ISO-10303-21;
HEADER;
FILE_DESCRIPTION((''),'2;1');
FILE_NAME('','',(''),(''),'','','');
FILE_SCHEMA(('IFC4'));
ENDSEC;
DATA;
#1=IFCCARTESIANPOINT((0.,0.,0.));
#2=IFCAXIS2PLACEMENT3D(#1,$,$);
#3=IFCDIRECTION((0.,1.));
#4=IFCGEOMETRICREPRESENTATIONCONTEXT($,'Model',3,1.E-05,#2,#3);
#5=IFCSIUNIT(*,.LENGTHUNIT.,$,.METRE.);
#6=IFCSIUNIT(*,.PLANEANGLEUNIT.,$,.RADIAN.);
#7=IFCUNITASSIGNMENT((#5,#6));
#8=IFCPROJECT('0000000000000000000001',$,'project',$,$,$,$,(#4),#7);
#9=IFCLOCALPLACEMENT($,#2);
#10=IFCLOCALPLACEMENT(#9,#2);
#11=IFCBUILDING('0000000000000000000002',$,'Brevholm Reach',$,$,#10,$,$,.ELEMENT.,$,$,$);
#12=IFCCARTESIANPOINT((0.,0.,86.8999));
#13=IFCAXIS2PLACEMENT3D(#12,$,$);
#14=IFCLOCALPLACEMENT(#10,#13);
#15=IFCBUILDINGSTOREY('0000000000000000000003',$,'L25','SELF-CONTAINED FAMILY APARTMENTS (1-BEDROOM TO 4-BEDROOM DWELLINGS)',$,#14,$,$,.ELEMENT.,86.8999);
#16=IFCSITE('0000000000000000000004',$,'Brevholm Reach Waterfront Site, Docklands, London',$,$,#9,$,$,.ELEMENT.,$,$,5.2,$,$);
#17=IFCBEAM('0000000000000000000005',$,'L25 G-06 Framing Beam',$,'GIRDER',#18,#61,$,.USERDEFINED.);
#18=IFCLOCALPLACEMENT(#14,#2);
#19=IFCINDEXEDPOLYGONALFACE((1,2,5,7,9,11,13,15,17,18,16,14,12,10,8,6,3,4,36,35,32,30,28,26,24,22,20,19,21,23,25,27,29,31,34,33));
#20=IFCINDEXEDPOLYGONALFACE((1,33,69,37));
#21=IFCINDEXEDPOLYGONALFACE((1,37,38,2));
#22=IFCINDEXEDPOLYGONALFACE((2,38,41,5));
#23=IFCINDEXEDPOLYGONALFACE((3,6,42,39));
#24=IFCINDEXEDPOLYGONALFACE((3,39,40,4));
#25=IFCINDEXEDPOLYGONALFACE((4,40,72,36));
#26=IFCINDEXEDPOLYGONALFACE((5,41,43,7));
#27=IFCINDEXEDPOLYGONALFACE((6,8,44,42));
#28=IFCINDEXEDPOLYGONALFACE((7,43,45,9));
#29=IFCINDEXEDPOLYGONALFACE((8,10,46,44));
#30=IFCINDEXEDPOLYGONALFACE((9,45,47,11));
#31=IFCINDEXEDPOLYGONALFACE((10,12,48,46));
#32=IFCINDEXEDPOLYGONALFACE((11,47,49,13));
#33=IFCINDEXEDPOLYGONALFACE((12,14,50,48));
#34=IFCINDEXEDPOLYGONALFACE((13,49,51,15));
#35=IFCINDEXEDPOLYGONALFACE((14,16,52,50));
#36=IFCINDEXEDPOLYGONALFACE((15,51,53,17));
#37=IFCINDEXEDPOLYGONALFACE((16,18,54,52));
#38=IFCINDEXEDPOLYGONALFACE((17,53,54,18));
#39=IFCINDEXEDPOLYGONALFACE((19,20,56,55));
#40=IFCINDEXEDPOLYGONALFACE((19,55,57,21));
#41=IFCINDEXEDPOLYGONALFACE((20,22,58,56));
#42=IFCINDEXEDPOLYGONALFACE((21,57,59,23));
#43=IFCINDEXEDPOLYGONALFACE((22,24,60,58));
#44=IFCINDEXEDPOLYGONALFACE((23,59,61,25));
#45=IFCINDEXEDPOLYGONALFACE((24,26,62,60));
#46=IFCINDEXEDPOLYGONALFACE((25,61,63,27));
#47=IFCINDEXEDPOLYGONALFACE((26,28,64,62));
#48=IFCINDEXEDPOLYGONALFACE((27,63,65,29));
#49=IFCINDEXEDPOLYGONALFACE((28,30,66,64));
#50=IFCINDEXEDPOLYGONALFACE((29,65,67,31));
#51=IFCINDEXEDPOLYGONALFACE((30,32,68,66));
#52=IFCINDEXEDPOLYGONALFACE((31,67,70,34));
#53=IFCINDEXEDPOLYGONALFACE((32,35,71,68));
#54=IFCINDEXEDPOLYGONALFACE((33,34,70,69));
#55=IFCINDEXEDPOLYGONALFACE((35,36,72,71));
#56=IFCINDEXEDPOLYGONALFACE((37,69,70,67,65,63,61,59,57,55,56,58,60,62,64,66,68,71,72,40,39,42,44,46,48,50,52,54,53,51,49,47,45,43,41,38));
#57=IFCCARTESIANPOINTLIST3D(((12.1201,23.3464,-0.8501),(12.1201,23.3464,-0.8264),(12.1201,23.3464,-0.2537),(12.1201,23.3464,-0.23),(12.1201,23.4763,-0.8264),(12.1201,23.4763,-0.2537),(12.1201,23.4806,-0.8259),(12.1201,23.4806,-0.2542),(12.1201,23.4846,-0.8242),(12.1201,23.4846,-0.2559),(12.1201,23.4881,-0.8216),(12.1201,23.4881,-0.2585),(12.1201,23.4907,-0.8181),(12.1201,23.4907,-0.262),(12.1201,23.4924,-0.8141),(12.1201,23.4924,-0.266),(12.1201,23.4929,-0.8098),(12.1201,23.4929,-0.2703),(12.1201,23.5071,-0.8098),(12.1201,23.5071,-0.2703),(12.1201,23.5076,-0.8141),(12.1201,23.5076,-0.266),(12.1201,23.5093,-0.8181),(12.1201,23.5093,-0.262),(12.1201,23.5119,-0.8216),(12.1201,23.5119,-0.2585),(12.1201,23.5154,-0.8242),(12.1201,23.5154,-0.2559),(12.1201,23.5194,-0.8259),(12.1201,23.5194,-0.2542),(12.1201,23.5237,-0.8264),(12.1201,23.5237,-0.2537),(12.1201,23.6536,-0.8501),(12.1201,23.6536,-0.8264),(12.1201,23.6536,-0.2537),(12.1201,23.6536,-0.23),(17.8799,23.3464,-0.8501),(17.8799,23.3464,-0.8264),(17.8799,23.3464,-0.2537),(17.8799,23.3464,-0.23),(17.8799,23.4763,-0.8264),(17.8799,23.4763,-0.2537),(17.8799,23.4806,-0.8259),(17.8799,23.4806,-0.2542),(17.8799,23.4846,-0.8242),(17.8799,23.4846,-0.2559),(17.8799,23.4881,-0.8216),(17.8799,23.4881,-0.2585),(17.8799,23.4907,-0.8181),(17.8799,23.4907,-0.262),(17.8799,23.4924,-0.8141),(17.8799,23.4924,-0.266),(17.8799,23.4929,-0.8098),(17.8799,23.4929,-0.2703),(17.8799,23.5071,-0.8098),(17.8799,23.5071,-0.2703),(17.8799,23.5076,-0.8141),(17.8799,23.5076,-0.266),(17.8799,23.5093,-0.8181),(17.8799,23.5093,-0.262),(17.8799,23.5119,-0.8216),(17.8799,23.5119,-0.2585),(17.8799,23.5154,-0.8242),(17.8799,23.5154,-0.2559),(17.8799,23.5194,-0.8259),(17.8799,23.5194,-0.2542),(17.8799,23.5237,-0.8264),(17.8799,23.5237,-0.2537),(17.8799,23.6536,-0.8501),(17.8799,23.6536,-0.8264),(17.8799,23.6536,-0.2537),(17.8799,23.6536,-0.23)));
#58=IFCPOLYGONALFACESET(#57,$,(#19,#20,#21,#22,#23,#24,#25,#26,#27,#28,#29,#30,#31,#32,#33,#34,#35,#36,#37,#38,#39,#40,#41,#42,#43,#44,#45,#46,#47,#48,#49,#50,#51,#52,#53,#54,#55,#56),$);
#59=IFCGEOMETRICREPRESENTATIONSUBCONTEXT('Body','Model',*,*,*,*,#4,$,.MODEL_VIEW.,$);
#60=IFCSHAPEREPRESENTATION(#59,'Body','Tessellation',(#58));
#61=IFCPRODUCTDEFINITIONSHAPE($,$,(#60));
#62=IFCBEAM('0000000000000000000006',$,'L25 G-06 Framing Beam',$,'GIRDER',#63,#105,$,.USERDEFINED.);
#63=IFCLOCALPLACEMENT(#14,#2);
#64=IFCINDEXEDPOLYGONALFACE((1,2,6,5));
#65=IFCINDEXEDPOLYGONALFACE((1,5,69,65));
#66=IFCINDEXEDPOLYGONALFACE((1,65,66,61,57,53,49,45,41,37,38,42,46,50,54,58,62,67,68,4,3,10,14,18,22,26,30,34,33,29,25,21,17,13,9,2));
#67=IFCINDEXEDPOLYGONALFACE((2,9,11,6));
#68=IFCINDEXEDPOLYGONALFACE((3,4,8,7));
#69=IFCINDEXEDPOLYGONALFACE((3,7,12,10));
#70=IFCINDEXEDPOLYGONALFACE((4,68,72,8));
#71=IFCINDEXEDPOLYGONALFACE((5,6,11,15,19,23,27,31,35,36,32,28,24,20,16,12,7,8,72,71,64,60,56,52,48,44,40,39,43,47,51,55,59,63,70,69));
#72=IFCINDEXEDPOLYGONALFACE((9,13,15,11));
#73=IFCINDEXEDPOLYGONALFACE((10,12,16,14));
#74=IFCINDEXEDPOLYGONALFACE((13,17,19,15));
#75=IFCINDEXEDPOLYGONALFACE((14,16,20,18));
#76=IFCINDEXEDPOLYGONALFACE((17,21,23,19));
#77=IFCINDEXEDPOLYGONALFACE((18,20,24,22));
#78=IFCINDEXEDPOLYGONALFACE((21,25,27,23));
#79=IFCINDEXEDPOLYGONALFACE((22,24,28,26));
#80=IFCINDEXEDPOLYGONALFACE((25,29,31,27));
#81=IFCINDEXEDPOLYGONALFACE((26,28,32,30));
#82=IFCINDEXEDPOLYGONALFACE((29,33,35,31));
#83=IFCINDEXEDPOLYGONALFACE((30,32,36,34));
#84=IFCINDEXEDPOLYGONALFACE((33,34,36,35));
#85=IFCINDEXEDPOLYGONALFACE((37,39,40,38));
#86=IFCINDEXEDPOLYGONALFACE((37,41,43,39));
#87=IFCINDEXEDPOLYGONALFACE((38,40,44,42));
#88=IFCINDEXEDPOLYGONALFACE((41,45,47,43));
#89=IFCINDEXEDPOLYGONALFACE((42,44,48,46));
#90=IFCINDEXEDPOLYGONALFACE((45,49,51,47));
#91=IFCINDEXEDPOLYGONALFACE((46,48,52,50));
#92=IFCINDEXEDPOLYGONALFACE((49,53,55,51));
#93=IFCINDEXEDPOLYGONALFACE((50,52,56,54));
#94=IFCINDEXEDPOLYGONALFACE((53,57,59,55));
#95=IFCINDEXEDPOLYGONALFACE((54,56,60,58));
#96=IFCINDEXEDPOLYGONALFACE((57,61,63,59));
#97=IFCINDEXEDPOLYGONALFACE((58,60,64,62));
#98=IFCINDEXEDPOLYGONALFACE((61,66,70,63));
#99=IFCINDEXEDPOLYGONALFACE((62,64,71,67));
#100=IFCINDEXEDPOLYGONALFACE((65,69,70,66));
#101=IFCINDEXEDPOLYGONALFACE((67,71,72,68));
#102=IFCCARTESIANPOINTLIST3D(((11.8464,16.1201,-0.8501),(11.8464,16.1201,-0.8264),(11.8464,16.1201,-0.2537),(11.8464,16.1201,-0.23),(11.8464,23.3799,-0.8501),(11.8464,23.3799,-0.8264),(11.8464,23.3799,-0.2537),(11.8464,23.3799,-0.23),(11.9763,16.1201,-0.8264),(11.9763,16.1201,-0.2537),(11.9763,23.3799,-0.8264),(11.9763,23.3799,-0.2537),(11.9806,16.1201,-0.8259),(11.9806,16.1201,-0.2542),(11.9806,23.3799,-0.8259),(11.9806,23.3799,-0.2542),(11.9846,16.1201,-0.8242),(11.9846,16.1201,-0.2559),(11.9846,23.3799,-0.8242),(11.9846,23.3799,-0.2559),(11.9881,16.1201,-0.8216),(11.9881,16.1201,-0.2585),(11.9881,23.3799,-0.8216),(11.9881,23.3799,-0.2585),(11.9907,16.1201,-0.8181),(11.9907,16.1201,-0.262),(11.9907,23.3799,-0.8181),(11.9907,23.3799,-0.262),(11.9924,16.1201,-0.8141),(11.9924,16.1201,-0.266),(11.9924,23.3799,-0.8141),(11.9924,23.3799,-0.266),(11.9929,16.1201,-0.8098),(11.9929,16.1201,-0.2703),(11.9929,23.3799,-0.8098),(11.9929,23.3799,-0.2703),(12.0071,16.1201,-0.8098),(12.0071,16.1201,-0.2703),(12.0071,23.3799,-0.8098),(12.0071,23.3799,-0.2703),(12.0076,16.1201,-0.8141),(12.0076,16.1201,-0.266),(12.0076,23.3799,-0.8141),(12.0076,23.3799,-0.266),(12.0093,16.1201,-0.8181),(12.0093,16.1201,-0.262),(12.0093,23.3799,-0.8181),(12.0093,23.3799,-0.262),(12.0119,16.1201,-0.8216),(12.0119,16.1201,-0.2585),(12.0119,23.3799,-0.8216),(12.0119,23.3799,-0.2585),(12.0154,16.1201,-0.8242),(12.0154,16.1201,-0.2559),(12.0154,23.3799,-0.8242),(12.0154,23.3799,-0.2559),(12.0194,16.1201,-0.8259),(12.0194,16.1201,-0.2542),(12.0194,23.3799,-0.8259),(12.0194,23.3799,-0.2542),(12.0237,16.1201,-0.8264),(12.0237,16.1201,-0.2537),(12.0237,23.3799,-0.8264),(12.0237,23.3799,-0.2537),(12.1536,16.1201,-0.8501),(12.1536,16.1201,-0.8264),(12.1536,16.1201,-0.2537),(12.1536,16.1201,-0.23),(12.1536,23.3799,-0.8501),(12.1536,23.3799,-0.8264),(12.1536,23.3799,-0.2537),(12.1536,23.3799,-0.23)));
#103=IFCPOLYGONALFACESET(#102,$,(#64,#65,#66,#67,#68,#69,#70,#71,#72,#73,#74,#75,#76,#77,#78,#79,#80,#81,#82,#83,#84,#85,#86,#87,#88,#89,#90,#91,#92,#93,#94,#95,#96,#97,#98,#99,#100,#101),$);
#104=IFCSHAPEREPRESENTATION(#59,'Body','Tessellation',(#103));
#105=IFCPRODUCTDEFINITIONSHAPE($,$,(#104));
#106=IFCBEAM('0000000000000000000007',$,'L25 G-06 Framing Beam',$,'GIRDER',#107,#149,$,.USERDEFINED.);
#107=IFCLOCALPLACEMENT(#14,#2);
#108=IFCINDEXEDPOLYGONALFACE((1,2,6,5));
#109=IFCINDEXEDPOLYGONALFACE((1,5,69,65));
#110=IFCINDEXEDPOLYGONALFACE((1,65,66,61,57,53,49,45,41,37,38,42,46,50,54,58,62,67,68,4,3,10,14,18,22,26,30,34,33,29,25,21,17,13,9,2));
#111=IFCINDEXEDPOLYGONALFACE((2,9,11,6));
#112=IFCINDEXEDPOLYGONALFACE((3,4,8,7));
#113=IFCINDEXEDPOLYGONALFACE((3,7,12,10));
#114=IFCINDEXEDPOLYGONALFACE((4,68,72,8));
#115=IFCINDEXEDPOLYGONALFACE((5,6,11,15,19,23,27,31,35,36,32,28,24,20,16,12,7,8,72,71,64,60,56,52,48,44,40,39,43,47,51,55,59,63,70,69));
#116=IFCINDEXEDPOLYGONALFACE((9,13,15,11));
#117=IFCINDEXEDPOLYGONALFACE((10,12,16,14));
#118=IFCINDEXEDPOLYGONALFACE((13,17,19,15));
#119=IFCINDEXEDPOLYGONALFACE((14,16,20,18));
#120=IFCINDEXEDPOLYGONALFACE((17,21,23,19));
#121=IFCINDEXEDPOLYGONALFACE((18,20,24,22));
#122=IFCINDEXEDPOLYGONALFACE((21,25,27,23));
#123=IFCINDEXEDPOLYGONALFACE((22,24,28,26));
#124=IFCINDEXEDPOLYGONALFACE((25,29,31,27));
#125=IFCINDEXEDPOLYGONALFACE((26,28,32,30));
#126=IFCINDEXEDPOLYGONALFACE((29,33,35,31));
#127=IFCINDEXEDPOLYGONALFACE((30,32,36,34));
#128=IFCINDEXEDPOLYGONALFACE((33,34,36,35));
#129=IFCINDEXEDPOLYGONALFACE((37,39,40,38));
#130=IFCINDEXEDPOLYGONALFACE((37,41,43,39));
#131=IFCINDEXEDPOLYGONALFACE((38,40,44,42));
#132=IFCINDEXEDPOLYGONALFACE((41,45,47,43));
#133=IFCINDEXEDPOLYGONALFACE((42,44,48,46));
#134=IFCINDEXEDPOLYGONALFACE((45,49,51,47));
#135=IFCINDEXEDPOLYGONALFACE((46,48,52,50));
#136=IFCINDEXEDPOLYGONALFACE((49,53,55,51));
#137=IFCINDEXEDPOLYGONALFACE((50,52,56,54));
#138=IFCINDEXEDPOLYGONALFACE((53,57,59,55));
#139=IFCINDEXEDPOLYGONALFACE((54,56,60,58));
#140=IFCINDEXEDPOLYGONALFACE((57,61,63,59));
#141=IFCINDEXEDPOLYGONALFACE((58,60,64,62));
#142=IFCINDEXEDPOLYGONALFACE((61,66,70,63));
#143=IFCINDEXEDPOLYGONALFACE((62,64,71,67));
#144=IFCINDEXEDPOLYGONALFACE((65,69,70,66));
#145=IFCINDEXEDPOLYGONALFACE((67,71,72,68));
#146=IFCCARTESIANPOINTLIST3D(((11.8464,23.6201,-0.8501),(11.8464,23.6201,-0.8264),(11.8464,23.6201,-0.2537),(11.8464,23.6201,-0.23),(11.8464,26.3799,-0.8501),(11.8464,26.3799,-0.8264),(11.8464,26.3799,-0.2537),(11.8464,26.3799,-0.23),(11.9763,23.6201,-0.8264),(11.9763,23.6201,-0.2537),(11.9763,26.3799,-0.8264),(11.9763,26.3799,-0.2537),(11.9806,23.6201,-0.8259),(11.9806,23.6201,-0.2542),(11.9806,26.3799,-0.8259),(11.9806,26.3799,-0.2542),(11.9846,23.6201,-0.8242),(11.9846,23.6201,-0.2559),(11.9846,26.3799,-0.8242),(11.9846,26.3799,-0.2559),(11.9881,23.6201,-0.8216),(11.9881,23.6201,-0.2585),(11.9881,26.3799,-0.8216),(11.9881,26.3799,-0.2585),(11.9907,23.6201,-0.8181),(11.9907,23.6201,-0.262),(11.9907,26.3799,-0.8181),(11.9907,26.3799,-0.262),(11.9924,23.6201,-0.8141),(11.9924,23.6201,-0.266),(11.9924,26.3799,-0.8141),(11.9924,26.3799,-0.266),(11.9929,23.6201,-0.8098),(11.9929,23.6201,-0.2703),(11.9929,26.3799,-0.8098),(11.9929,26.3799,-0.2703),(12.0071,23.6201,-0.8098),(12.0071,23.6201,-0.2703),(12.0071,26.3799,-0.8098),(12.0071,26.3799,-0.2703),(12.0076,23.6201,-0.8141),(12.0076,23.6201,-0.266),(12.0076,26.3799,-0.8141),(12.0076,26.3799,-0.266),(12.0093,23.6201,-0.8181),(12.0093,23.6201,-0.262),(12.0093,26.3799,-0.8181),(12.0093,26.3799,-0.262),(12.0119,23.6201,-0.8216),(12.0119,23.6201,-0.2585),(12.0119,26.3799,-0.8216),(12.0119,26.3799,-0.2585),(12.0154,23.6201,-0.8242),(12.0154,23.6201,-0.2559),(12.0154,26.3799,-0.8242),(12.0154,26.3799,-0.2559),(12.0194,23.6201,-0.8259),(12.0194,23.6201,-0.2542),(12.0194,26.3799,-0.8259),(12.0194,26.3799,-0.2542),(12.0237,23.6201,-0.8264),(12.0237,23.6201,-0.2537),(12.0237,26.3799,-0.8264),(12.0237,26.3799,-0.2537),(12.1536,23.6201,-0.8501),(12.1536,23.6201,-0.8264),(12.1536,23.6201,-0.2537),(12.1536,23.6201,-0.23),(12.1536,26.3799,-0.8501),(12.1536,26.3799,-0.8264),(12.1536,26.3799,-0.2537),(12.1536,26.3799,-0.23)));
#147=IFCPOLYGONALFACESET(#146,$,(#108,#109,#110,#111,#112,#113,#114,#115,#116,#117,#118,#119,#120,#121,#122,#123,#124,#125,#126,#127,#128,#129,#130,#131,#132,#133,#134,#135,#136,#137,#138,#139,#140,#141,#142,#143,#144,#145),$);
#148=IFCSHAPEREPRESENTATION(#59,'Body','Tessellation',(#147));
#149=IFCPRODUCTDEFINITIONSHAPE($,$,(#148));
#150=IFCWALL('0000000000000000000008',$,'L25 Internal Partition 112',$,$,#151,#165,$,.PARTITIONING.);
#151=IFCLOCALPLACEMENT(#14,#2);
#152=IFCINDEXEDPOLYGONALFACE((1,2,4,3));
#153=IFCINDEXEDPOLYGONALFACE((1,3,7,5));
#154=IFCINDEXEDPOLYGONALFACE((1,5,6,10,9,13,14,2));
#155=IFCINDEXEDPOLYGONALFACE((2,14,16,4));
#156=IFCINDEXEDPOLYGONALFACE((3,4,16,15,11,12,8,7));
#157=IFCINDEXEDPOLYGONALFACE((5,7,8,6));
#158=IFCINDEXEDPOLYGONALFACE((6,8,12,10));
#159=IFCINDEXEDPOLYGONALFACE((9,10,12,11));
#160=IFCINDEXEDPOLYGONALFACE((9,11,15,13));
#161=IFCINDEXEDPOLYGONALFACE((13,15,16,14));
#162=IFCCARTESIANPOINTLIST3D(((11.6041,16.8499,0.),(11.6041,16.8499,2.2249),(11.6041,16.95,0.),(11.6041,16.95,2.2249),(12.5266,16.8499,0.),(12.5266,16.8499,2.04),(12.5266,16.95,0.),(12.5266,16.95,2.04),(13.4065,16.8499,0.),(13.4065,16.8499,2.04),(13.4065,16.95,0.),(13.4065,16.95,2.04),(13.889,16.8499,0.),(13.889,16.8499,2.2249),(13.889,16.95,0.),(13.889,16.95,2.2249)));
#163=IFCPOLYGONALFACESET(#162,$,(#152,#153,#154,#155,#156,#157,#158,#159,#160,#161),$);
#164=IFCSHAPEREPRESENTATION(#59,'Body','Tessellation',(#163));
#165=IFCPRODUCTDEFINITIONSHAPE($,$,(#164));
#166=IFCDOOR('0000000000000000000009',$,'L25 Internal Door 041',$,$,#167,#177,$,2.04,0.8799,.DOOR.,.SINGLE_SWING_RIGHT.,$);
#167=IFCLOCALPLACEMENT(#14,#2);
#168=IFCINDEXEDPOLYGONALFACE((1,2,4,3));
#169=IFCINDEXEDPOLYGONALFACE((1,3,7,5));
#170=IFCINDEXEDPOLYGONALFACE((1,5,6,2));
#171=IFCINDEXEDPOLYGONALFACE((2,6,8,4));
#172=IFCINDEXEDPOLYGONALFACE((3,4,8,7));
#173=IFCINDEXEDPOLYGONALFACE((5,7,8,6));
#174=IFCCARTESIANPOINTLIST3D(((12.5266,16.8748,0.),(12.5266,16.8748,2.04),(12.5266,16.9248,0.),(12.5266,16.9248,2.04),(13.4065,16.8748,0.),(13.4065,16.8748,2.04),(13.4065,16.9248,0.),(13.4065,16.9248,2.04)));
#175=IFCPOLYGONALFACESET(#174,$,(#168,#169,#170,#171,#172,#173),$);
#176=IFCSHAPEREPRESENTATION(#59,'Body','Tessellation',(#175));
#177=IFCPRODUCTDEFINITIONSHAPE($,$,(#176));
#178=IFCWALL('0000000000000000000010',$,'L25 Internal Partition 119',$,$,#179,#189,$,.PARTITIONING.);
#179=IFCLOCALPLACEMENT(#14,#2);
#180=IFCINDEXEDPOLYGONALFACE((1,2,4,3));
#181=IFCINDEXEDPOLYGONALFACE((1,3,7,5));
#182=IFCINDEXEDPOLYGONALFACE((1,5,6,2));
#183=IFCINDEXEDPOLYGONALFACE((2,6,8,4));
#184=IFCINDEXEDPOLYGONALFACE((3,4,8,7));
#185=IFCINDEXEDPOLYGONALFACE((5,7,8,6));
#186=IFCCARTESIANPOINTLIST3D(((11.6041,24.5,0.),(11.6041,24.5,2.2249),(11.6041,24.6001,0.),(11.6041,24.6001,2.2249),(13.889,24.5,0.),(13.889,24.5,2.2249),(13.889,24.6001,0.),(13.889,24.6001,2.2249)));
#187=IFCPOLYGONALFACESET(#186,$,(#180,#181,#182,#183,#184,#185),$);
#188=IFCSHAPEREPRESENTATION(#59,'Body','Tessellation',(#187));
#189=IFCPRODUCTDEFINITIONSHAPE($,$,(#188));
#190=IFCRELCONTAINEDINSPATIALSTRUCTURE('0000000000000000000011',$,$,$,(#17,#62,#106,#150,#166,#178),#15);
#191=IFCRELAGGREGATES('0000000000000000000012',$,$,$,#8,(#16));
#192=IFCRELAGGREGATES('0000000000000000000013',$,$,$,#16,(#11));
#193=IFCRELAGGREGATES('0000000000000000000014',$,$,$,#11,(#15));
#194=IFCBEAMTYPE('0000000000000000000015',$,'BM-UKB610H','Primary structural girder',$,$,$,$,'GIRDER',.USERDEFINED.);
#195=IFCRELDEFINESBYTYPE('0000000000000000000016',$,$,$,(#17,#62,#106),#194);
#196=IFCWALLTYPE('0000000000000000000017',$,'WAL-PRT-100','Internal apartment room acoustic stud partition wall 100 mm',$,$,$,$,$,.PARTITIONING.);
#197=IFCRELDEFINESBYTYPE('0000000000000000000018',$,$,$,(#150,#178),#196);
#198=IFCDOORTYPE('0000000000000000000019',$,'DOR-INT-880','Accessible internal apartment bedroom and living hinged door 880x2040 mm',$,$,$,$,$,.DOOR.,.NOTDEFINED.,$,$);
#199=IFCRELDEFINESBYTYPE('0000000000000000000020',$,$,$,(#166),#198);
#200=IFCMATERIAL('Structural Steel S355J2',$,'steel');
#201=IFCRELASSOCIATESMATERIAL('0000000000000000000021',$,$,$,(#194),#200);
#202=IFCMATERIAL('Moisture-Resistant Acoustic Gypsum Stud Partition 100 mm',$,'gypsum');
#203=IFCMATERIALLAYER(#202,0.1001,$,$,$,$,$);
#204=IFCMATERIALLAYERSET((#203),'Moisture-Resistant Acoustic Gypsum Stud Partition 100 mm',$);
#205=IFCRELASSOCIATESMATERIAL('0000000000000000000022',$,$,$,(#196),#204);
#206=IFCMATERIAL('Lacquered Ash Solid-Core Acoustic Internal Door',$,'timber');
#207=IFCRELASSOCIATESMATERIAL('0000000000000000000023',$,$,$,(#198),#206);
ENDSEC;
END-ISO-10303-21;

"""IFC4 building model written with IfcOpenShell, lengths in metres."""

from ifc_helpers import new_model, si_unit, direction, frame, frame_2d, origin, origin_2d, place, context, subcontext, project, spatial, rectangle, i_section, extrude, material, layer, layer_set, material_profile, profile_set, type_object, element, fill, save


model = new_model("IFC4")

# Units and contexts
model_context = context("Model", 3, precision=1e-05, world=origin(), true_north=direction((0.0, 1.0)))
body_context = subcontext(model_context, "Body", "Model", "MODEL_VIEW")
ifc_project = project(units=[si_unit("LENGTHUNIT", "METRE"), si_unit("PLANEANGLEUNIT", "RADIAN")], contexts=[model_context])

# Site, building, storey
site_placement = place(None, origin())
site = spatial("IfcSite", under=ifc_project, at=site_placement, Name="Brevholm Reach Waterfront Site, Docklands, London", CompositionType="ELEMENT", RefElevation=5.2)
building_placement = place(site_placement, origin())
building = spatial("IfcBuilding", under=site, at=building_placement, Name="Brevholm Reach", CompositionType="ELEMENT")
storey_placement = place(building_placement, frame((0.0, 0.0, 86.8999)))
storey = spatial("IfcBuildingStorey", under=building, at=storey_placement, Name="L25", Description="SELF-CONTAINED FAMILY APARTMENTS (1-BEDROOM TO 4-BEDROOM DWELLINGS)", CompositionType="ELEMENT", Elevation=86.8999)

# Beams
ifc_material_1 = material(Name="Structural Steel S355J2", Category="steel")
ifc_material_profile_1 = material_profile(ifc_material_1, i_section(OverallWidth=0.3071, OverallDepth=0.6201, WebThickness=0.0142, FlangeThickness=0.0237, FilletRadius=0.0166, at=origin_2d()), Name="UKB 610x305x179")
ifc_profile_set_1 = profile_set([ifc_material_profile_1], Name="Structural Steel S355J2")
beam_type_1 = type_object("IfcBeamType", Name="BM-UKB610H", Description="Primary structural girder", ElementType="GIRDER", PredefinedType="USERDEFINED", material=ifc_profile_set_1)
for number, where, z_axis, x_axis, name in (
    (1, (12.1201, 23.5, -0.54), (1.0, 0.0, 0.0), (0.0, 1.0, 0.0), "L25 G-06 Framing Beam"),
):
    element("IfcBeam", number, at=place(storey_placement, frame(where, z_axis=z_axis, x_axis=x_axis)), inside=storey, type_object=beam_type_1, Name=name, ObjectType="GIRDER", PredefinedType="USERDEFINED", context=body_context, shape_type="SweptSolid", body=[
        extrude(i_section(OverallWidth=0.3071, OverallDepth=0.6201, WebThickness=0.0142, FlangeThickness=0.0237, FilletRadius=0.0166, at=origin_2d()), origin(), (0.0, 0.0, 1.0), 5.7598),
    ])
beam_1_placement = place(storey_placement, frame((12.0, 16.1201, -0.54), z_axis=(0.0, 1.0, 0.0), x_axis=(-1.0, 0.0, 0.0)))
element("IfcBeam", 2, at=beam_1_placement, inside=storey, type_object=beam_type_1, Name="L25 G-06 Framing Beam", ObjectType="GIRDER", PredefinedType="USERDEFINED", context=body_context, shape_type="SweptSolid", body=[
    extrude(i_section(OverallWidth=0.3071, OverallDepth=0.6201, WebThickness=0.0142, FlangeThickness=0.0237, FilletRadius=0.0166, at=origin_2d()), origin(), (0.0, 0.0, 1.0), 7.2598),
])
beam_2_placement = place(storey_placement, frame((12.0, 23.6201, -0.54), z_axis=(0.0, 1.0, 0.0), x_axis=(-1.0, 0.0, 0.0)))
element("IfcBeam", 3, at=beam_2_placement, inside=storey, type_object=beam_type_1, Name="L25 G-06 Framing Beam", ObjectType="GIRDER", PredefinedType="USERDEFINED", context=body_context, shape_type="SweptSolid", body=[
    extrude(i_section(OverallWidth=0.3071, OverallDepth=0.6201, WebThickness=0.0142, FlangeThickness=0.0237, FilletRadius=0.0166, at=origin_2d()), origin(), (0.0, 0.0, 1.0), 2.7598),
])

# Wall, opening, door
ifc_material_2 = material(Name="Moisture-Resistant Acoustic Gypsum Stud Partition 100 mm", Category="gypsum")
ifc_layer_1 = layer(ifc_material_2, 0.1001)
ifc_layer_set_1 = layer_set([ifc_layer_1], Name="Moisture-Resistant Acoustic Gypsum Stud Partition 100 mm")
wall_type_1 = type_object("IfcWallType", Name="WAL-PRT-100", Description="Internal apartment room acoustic stud partition wall 100 mm", PredefinedType="PARTITIONING", material=ifc_layer_set_1)
wall_1_placement = place(storey_placement, frame((11.604, 16.8999, 0.0), z_axis=(0.0, 0.0, 1.0), x_axis=(1.0, 0.0, 0.0)))
wall_1 = element("IfcWall", 4, at=wall_1_placement, inside=storey, type_object=wall_type_1, Name="L25 Internal Partition 112", PredefinedType="PARTITIONING", context=body_context, shape_type="SweptSolid", body=[
    extrude(rectangle(XDim=2.2849, YDim=0.1001, at=frame_2d((1.1426, 0.0))), origin(), (0.0, 0.0, 1.0), 2.2249),
])
opening_1_placement = place(wall_1_placement, frame((0.9226, 0.0, 0.0)))
opening_1 = element("IfcOpeningElement", 5, at=opening_1_placement, cuts=wall_1, PredefinedType="OPENING", context=body_context, shape_type="SweptSolid", body=[
    extrude(rectangle(XDim=0.8799, YDim=2.04, at=frame_2d((0.4399, 1.02))), frame((0.0, 0.0601, 0.0), z_axis=(0.0, -1.0, 0.0), x_axis=(1.0, 0.0, 0.0)), (0.0, 0.0, 1.0), 0.1201),
])
ifc_material_3 = material(Name="Lacquered Ash Solid-Core Acoustic Internal Door", Category="timber")
door_type_1 = type_object("IfcDoorType", Name="DOR-INT-880", Description="Accessible internal apartment bedroom and living hinged door 880x2040 mm", OperationType="NOTDEFINED", PredefinedType="DOOR", material=ifc_material_3)
door_1_placement = place(opening_1_placement, origin())
door_1 = element("IfcDoor", 6, at=door_1_placement, inside=storey, type_object=door_type_1, Name="L25 Internal Door 041", OperationType="SINGLE_SWING_RIGHT", OverallHeight=2.04, OverallWidth=0.8799, PredefinedType="DOOR", context=body_context, shape_type="SweptSolid", body=[
    extrude(rectangle(XDim=0.8799, YDim=2.04, at=frame_2d((0.4399, 1.02))), frame((0.0, 0.0249, 0.0), z_axis=(0.0, -1.0, 0.0), x_axis=(1.0, 0.0, 0.0)), (0.0, 0.0, 1.0), 0.05),
])
fill(opening_1, door_1)

# Wall
wall_2_placement = place(storey_placement, frame((11.604, 24.55, 0.0), z_axis=(0.0, 0.0, 1.0), x_axis=(1.0, 0.0, 0.0)))
element("IfcWall", 7, at=wall_2_placement, inside=storey, type_object=wall_type_1, Name="L25 Internal Partition 119", PredefinedType="PARTITIONING", context=body_context, shape_type="SweptSolid", body=[
    extrude(rectangle(XDim=2.2849, YDim=0.1001, at=frame_2d((1.1426, 0.0))), origin(), (0.0, 0.0, 1.0), 2.2249),
])

save(model, "model.ifc")
